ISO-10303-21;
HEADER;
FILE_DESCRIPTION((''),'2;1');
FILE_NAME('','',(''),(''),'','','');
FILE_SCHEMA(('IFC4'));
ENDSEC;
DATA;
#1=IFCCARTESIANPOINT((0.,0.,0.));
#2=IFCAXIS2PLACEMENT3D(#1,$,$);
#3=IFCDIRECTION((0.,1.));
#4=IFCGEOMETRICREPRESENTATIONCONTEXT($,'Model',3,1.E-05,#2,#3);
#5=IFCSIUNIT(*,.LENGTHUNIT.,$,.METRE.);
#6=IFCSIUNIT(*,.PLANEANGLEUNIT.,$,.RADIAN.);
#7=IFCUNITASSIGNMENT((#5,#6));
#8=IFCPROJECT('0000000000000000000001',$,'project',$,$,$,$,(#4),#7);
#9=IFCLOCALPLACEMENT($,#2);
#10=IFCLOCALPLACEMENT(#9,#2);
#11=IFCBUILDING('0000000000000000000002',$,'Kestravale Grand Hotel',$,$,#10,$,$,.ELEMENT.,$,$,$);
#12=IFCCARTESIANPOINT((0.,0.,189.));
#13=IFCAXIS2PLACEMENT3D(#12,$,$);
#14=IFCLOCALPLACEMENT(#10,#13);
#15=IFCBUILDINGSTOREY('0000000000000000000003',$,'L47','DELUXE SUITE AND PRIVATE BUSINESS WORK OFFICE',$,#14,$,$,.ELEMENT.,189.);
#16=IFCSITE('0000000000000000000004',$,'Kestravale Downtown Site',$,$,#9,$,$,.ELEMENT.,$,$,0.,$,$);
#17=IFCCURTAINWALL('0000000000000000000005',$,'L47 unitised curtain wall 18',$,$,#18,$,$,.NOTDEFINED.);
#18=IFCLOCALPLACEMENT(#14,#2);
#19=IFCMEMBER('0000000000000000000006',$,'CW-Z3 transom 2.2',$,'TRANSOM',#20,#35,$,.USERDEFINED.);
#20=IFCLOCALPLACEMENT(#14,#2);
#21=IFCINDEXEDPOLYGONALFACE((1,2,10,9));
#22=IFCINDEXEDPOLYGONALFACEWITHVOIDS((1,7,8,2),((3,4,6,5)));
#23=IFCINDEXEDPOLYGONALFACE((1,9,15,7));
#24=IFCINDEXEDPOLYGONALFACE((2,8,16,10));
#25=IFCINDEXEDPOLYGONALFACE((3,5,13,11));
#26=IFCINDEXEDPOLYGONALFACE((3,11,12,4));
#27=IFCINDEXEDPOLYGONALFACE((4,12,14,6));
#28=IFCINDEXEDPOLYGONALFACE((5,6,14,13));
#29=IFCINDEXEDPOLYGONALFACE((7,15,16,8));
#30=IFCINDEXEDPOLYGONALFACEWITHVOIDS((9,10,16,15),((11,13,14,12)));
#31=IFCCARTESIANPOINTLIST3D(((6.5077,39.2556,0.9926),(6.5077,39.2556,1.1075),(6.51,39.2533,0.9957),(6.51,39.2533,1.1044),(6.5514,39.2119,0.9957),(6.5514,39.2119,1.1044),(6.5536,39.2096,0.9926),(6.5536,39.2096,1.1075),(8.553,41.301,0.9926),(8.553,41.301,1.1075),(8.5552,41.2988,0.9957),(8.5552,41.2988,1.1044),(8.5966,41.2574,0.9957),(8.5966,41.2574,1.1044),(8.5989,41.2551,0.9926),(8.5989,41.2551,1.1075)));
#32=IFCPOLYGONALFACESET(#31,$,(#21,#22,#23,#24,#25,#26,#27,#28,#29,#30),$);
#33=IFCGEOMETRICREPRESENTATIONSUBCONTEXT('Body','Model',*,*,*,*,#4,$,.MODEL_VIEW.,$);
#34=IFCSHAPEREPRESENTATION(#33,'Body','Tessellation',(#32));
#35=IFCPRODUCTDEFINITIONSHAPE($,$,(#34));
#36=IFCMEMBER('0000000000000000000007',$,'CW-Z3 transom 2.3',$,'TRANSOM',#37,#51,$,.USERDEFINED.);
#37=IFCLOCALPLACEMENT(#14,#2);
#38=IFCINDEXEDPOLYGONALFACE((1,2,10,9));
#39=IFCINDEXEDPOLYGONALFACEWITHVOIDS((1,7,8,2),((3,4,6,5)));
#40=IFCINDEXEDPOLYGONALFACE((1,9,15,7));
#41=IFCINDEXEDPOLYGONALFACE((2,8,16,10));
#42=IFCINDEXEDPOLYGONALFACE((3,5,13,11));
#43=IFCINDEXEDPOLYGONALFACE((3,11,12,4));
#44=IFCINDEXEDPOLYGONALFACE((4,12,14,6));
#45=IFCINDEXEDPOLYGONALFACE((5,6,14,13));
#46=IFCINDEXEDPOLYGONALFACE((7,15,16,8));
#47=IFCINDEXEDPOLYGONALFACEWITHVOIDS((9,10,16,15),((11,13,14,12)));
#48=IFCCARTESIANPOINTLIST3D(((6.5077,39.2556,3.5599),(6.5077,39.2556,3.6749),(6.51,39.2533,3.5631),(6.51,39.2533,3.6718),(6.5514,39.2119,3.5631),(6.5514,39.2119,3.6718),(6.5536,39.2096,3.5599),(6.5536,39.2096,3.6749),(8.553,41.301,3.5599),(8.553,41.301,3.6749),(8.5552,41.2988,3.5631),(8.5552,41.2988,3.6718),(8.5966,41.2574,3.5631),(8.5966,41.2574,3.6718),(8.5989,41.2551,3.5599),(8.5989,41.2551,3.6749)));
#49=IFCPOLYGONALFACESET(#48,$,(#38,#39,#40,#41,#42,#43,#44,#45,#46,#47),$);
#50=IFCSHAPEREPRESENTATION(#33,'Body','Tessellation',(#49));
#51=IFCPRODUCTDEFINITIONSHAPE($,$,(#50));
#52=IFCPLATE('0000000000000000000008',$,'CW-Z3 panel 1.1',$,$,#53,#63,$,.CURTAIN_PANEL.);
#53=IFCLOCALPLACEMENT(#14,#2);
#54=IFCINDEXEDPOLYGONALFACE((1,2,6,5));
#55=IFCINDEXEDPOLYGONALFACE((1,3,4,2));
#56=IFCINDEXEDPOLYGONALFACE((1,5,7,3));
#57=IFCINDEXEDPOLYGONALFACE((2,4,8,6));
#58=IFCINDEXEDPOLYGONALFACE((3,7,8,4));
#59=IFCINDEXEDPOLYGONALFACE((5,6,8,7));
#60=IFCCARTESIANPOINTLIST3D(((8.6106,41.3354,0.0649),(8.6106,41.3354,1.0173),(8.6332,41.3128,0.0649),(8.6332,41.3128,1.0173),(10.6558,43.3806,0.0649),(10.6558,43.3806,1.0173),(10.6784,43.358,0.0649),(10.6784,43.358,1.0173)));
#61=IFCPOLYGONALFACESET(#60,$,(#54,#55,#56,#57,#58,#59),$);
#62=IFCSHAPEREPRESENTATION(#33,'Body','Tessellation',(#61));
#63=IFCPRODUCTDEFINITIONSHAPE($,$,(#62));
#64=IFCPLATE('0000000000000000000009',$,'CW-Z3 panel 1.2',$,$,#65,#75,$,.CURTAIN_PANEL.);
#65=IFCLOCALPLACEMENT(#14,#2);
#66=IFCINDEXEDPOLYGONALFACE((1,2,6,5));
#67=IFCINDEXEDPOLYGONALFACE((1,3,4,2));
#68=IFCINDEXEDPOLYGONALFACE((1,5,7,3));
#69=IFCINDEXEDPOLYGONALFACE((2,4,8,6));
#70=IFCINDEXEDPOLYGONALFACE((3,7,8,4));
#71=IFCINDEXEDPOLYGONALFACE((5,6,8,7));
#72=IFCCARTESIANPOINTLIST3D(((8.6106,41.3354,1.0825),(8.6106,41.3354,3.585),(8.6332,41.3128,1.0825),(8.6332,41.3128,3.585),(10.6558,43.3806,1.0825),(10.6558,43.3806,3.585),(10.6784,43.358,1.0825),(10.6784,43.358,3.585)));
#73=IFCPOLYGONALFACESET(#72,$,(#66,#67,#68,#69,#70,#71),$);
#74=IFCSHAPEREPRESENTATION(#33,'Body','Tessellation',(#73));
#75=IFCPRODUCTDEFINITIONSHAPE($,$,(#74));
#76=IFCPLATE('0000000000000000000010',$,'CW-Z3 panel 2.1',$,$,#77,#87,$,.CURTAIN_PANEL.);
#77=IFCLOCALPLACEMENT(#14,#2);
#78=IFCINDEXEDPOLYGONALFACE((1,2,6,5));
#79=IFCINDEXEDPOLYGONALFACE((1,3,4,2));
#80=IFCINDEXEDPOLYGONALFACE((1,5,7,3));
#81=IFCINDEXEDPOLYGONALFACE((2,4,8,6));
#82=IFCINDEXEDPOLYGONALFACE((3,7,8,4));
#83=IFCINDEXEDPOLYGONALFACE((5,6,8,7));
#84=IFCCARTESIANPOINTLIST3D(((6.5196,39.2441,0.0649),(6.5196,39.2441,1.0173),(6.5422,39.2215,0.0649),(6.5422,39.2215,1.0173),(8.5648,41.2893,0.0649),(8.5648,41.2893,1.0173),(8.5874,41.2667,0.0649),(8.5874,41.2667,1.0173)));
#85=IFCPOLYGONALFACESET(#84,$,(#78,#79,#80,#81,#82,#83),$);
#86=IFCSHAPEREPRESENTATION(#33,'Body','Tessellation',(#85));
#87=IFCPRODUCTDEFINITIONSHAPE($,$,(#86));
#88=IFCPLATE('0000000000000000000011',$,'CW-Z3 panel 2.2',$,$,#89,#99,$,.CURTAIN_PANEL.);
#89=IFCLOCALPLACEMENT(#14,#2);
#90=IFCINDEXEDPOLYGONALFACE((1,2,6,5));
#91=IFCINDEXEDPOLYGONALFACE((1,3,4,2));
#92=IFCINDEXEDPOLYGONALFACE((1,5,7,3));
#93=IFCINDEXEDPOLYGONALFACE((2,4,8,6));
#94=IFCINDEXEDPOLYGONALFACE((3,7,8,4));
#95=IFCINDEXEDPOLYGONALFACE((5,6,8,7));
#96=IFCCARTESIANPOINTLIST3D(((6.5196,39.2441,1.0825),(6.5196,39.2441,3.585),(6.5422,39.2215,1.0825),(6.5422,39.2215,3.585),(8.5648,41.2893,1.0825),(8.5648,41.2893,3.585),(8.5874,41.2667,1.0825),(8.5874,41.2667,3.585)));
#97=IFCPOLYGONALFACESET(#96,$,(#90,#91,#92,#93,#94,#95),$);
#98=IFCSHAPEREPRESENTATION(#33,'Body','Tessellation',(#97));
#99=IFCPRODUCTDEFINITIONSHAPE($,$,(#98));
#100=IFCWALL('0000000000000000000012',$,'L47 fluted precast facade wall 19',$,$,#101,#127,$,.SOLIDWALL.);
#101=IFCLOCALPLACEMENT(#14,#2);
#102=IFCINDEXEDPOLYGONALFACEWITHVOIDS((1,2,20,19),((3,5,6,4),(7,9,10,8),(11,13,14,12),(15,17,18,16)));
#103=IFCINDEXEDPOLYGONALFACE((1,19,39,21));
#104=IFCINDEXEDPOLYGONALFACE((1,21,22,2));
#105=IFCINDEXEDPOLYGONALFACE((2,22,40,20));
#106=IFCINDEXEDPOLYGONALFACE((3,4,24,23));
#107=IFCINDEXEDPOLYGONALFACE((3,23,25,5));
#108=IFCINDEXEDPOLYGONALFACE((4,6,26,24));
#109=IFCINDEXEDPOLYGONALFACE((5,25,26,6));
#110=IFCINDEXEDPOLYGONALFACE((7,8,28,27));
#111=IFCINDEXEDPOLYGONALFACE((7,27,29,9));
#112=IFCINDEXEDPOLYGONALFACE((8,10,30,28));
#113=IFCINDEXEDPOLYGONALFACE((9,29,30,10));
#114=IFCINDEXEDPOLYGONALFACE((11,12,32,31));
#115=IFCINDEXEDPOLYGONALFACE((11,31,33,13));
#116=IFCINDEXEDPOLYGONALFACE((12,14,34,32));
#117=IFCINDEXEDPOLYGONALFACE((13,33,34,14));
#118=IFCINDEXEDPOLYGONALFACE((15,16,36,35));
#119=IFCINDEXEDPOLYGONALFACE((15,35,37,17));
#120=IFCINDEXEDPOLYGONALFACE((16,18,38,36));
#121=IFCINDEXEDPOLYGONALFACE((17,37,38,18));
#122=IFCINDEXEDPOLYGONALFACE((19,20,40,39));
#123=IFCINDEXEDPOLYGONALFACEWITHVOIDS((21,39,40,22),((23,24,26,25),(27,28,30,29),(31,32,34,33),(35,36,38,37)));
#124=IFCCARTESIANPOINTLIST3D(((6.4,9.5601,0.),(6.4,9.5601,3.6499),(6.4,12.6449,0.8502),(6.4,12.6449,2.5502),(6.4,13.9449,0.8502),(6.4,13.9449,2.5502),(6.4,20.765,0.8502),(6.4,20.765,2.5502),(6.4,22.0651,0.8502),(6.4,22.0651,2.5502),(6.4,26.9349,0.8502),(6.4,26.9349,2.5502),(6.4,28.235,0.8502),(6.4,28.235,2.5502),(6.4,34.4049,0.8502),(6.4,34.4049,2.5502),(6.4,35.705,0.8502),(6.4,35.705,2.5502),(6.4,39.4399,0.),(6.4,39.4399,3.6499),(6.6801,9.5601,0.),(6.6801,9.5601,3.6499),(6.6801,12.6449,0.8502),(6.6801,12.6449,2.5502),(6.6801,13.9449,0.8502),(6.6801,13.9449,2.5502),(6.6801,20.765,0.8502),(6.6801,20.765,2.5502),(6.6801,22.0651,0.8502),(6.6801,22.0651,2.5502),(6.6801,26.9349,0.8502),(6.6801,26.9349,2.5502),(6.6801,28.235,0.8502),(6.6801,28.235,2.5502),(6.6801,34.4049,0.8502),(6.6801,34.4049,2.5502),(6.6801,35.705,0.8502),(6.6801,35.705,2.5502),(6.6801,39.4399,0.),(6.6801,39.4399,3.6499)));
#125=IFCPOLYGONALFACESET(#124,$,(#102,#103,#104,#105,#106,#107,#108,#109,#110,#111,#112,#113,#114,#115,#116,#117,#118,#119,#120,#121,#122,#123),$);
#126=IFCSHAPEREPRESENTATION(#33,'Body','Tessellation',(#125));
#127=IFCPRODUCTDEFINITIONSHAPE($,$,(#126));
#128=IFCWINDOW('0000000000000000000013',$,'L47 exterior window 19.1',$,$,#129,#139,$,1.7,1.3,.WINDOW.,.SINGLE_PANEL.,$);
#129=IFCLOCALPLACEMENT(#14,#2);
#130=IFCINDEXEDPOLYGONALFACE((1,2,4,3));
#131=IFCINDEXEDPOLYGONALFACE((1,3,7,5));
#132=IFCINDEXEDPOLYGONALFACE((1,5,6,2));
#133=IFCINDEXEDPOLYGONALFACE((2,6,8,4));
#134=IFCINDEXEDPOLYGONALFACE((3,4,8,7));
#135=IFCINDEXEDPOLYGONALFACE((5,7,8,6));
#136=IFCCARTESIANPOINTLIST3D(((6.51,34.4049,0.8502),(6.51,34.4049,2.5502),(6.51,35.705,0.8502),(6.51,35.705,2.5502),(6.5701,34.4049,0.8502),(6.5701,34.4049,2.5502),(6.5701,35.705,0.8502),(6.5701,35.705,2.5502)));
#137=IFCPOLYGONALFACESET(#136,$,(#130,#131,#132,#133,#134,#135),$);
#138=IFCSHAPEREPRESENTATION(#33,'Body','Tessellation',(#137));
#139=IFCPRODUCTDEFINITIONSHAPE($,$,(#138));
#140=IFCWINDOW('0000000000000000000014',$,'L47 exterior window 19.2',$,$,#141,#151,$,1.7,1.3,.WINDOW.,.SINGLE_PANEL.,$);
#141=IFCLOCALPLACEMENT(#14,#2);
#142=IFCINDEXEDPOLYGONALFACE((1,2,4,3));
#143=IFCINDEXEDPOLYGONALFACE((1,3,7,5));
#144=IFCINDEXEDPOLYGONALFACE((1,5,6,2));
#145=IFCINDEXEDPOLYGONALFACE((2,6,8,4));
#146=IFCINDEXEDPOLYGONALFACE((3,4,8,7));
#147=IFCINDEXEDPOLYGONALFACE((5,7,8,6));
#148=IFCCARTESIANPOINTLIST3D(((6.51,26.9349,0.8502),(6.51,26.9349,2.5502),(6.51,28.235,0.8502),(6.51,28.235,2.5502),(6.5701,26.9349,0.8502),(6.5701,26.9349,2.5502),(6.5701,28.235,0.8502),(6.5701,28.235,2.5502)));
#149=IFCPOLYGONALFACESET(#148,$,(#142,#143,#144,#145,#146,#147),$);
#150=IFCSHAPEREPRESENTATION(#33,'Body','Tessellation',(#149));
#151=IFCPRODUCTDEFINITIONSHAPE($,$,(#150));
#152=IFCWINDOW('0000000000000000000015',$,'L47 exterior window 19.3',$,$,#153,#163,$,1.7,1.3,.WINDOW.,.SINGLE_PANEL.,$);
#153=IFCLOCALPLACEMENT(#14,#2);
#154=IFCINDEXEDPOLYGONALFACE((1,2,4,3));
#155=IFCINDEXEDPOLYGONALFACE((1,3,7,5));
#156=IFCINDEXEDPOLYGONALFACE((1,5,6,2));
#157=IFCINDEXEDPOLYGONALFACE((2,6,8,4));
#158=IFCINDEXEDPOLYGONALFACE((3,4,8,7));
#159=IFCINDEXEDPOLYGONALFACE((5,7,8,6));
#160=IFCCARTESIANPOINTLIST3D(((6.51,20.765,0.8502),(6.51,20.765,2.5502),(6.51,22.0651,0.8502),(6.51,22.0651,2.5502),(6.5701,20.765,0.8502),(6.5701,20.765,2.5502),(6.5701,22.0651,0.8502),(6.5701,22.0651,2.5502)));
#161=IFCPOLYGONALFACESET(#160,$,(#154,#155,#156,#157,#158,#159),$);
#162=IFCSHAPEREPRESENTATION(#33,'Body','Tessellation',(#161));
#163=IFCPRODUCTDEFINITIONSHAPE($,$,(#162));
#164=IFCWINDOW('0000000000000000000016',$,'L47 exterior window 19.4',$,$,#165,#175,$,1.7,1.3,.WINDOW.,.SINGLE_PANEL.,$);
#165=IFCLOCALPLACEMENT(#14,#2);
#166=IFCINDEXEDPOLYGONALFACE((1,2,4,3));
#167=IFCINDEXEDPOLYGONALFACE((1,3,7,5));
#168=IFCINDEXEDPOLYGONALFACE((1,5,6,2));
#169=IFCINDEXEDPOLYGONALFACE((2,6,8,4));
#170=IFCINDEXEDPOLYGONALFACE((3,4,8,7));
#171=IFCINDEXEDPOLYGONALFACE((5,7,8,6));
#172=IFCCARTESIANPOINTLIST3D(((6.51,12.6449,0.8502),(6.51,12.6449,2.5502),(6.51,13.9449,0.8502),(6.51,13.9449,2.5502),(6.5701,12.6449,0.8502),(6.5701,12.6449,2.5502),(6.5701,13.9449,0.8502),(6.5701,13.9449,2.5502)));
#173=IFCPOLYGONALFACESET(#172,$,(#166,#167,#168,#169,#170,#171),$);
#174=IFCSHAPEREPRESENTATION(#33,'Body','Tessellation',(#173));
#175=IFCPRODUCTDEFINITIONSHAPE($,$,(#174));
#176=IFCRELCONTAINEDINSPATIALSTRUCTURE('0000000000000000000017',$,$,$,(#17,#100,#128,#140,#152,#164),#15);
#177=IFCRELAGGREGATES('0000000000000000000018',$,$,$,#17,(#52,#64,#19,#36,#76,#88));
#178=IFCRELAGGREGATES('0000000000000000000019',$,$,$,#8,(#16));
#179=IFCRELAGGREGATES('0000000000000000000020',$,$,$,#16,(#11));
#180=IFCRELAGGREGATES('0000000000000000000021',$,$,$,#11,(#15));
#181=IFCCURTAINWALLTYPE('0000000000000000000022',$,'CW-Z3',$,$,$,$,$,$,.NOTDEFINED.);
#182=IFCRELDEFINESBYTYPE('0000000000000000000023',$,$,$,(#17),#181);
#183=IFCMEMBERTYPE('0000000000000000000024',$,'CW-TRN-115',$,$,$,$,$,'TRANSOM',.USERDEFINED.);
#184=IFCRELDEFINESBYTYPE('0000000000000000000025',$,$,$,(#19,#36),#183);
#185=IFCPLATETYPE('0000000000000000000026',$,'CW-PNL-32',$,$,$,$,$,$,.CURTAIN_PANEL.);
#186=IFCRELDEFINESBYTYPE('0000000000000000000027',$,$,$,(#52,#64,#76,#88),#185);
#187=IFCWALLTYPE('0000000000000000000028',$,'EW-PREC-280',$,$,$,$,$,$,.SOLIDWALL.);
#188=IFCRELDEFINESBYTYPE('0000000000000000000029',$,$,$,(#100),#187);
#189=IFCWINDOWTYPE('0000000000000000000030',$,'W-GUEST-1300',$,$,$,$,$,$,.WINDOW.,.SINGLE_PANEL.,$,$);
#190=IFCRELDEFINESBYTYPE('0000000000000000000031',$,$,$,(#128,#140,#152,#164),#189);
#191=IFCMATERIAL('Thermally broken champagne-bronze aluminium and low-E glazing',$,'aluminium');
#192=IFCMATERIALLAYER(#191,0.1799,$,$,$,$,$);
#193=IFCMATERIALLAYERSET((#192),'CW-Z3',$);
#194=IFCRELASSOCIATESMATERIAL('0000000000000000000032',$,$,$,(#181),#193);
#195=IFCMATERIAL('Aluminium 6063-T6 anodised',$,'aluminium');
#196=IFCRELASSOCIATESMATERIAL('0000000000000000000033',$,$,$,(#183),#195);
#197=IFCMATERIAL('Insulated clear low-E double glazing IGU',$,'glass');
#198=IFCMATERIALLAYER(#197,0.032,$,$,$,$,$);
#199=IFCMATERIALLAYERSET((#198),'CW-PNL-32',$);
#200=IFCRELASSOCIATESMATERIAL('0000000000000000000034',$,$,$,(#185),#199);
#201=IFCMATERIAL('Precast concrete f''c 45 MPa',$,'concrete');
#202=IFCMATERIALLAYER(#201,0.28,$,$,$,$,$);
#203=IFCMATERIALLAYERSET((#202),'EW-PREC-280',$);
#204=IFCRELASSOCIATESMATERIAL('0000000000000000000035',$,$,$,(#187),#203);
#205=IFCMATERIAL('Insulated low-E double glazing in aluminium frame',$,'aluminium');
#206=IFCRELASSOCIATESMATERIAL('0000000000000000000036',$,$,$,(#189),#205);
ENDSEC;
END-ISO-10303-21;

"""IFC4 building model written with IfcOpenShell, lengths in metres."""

from ifc_helpers import new_model, si_unit, direction, frame, frame_2d, origin, origin_2d, place, context, subcontext, project, spatial, rectangle, hollow_rectangle, extrude, material, layer, layer_set, material_profile, profile_set, type_object, element, fill, aggregate, save


model = new_model("IFC4")

# Units and contexts
model_context = context("Model", 3, precision=1e-05, world=origin(), true_north=direction((0.0, 1.0)))
body_context = subcontext(model_context, "Body", "Model", "MODEL_VIEW")
ifc_project = project(units=[si_unit("LENGTHUNIT", "METRE"), si_unit("PLANEANGLEUNIT", "RADIAN")], contexts=[model_context])

# Site, building, storey
site_placement = place(None, origin())
site = spatial("IfcSite", under=ifc_project, at=site_placement, Name="Kestravale Downtown Site", CompositionType="ELEMENT", RefElevation=0.0)
building_placement = place(site_placement, origin())
building = spatial("IfcBuilding", under=site, at=building_placement, Name="Kestravale Grand Hotel", CompositionType="ELEMENT")
storey_placement = place(building_placement, frame((0.0, 0.0, 189.0)))
storey = spatial("IfcBuildingStorey", under=building, at=storey_placement, Name="L47", Description="DELUXE SUITE AND PRIVATE BUSINESS WORK OFFICE", CompositionType="ELEMENT", Elevation=189.0)

# Curtain wall, members, plates
ifc_material_1 = material(Name="Thermally broken champagne-bronze aluminium and low-E glazing", Category="aluminium")
ifc_layer_1 = layer(ifc_material_1, 0.1799)
ifc_layer_set_1 = layer_set([ifc_layer_1], Name="CW-Z3")
curtain_wall_type = type_object("IfcCurtainWallType", Name="CW-Z3", PredefinedType="NOTDEFINED", material=ifc_layer_set_1)
curtain_wall_placement = place(storey_placement, origin())
curtain_wall = element("IfcCurtainWall", 1, at=curtain_wall_placement, inside=storey, type_object=curtain_wall_type, Name="L47 unitised curtain wall 18", PredefinedType="NOTDEFINED")
ifc_material_2 = material(Name="Aluminium 6063-T6 anodised", Category="aluminium")
ifc_material_profile_1 = material_profile(ifc_material_2, hollow_rectangle(XDim=0.0649, YDim=0.115, WallThickness=0.0032, at=origin_2d()))
ifc_profile_set_1 = profile_set([ifc_material_profile_1], Name="Aluminium 6063-T6 anodised")
member_type_1 = type_object("IfcMemberType", Name="CW-TRN-115", ElementType="TRANSOM", PredefinedType="USERDEFINED", material=ifc_profile_set_1)
member_1_placement = place(storey_placement, frame((8.5759, 41.2781, 1.05), z_axis=(-0.707065, -0.707149, 0.0), x_axis=(0.707149, -0.707065, 0.0)))
member_1 = element("IfcMember", 2, at=member_1_placement, type_object=member_type_1, Name="CW-Z3 transom 2.2", ObjectType="TRANSOM", PredefinedType="USERDEFINED", context=body_context, shape_type="SweptSolid", body=[
    extrude(hollow_rectangle(XDim=0.0649, YDim=0.115, WallThickness=0.0032, at=origin_2d()), origin(), (0.0, 0.0, 1.0), 2.8926),
])
member_2_placement = place(storey_placement, frame((8.5759, 41.2781, 3.6174), z_axis=(-0.707065, -0.707149, 0.0), x_axis=(0.707149, -0.707065, 0.0)))
member_2 = element("IfcMember", 3, at=member_2_placement, type_object=member_type_1, Name="CW-Z3 transom 2.3", ObjectType="TRANSOM", PredefinedType="USERDEFINED", context=body_context, shape_type="SweptSolid", body=[
    extrude(hollow_rectangle(XDim=0.0649, YDim=0.115, WallThickness=0.0032, at=origin_2d()), origin(), (0.0, 0.0, 1.0), 2.8926),
])
ifc_material_3 = material(Name="Insulated clear low-E double glazing IGU", Category="glass")
ifc_layer_2 = layer(ifc_material_3, 0.032)
ifc_layer_set_2 = layer_set([ifc_layer_2], Name="CW-PNL-32")
plate_type = type_object("IfcPlateType", Name="CW-PNL-32", PredefinedType="CURTAIN_PANEL", material=ifc_layer_set_2)
plate_1_placement = place(storey_placement, frame((9.6445, 42.3467, 0.0649), z_axis=(0.0, 0.0, 1.0), x_axis=(-0.707107, -0.707107, 0.0)))
plate_1 = element("IfcPlate", 4, at=plate_1_placement, type_object=plate_type, Name="CW-Z3 panel 1.1", PredefinedType="CURTAIN_PANEL", context=body_context, shape_type="SweptSolid", body=[
    extrude(rectangle(XDim=2.8923, YDim=0.032, at=origin_2d()), origin(), (0.0, 0.0, 1.0), 0.9524),
])
plate_2_placement = place(storey_placement, frame((9.6445, 42.3467, 1.0825), z_axis=(0.0, 0.0, 1.0), x_axis=(-0.707107, -0.707107, 0.0)))
plate_2 = element("IfcPlate", 5, at=plate_2_placement, type_object=plate_type, Name="CW-Z3 panel 1.2", PredefinedType="CURTAIN_PANEL", context=body_context, shape_type="SweptSolid", body=[
    extrude(rectangle(XDim=2.8923, YDim=0.032, at=origin_2d()), origin(), (0.0, 0.0, 1.0), 2.5024),
])
plate_3_placement = place(storey_placement, frame((7.5535, 40.2554, 0.0649), z_axis=(0.0, 0.0, 1.0), x_axis=(-0.707107, -0.707107, 0.0)))
plate_3 = element("IfcPlate", 6, at=plate_3_placement, type_object=plate_type, Name="CW-Z3 panel 2.1", PredefinedType="CURTAIN_PANEL", context=body_context, shape_type="SweptSolid", body=[
    extrude(rectangle(XDim=2.8923, YDim=0.032, at=origin_2d()), origin(), (0.0, 0.0, 1.0), 0.9524),
])
plate_4_placement = place(storey_placement, frame((7.5535, 40.2554, 1.0825), z_axis=(0.0, 0.0, 1.0), x_axis=(-0.707107, -0.707107, 0.0)))
plate_4 = element("IfcPlate", 7, at=plate_4_placement, type_object=plate_type, Name="CW-Z3 panel 2.2", PredefinedType="CURTAIN_PANEL", context=body_context, shape_type="SweptSolid", body=[
    extrude(rectangle(XDim=2.8923, YDim=0.032, at=origin_2d()), origin(), (0.0, 0.0, 1.0), 2.5024),
])
aggregate(curtain_wall, [plate_1, plate_2, member_1, member_2, plate_3, plate_4])

# Wall, openings, windows
ifc_material_4 = material(Name="Precast concrete f'c 45 MPa", Category="concrete")
ifc_layer_3 = layer(ifc_material_4, 0.28)
ifc_layer_set_3 = layer_set([ifc_layer_3], Name="EW-PREC-280")
wall_type_1 = type_object("IfcWallType", Name="EW-PREC-280", PredefinedType="SOLIDWALL", material=ifc_layer_set_3)
wall_1_placement = place(storey_placement, frame((6.54, 39.4399, 0.0), z_axis=(0.0, 0.0, 1.0), x_axis=(0.0, -1.0, 0.0)))
wall_1 = element("IfcWall", 8, at=wall_1_placement, inside=storey, type_object=wall_type_1, Name="L47 fluted precast facade wall 19", PredefinedType="SOLIDWALL", context=body_context, shape_type="SweptSolid", body=[
    extrude(rectangle(XDim=29.8799, YDim=0.28, at=frame_2d((14.9399, 0.0))), origin(), (0.0, 0.0, 1.0), 3.6499),
])
opening_1_placement = place(wall_1_placement, frame((3.7351, 0.0, 0.8501)))
opening_1 = element("IfcOpeningElement", 9, at=opening_1_placement, cuts=wall_1, PredefinedType="OPENING", context=body_context, shape_type="SweptSolid", body=[
    extrude(rectangle(XDim=1.3, YDim=1.7, at=frame_2d((0.6499, 0.8501))), frame((0.0, 0.1499, 0.0), z_axis=(0.0, -1.0, 0.0), x_axis=(1.0, 0.0, 0.0)), (0.0, 0.0, 1.0), 0.3),
])
opening_2_placement = place(wall_1_placement, frame((11.2051, 0.0, 0.8501)))
opening_2 = element("IfcOpeningElement", 10, at=opening_2_placement, cuts=wall_1, PredefinedType="OPENING", context=body_context, shape_type="SweptSolid", body=[
    extrude(rectangle(XDim=1.3, YDim=1.7, at=frame_2d((0.6499, 0.8501))), frame((0.0, 0.1499, 0.0), z_axis=(0.0, -1.0, 0.0), x_axis=(1.0, 0.0, 0.0)), (0.0, 0.0, 1.0), 0.3),
])
opening_3_placement = place(wall_1_placement, frame((17.375, 0.0, 0.8501)))
opening_3 = element("IfcOpeningElement", 11, at=opening_3_placement, cuts=wall_1, PredefinedType="OPENING", context=body_context, shape_type="SweptSolid", body=[
    extrude(rectangle(XDim=1.3, YDim=1.7, at=frame_2d((0.6499, 0.8501))), frame((0.0, 0.1499, 0.0), z_axis=(0.0, -1.0, 0.0), x_axis=(1.0, 0.0, 0.0)), (0.0, 0.0, 1.0), 0.3),
])
opening_4_placement = place(wall_1_placement, frame((25.4951, 0.0, 0.8501)))
opening_4 = element("IfcOpeningElement", 12, at=opening_4_placement, cuts=wall_1, PredefinedType="OPENING", context=body_context, shape_type="SweptSolid", body=[
    extrude(rectangle(XDim=1.3, YDim=1.7, at=frame_2d((0.6499, 0.8501))), frame((0.0, 0.1499, 0.0), z_axis=(0.0, -1.0, 0.0), x_axis=(1.0, 0.0, 0.0)), (0.0, 0.0, 1.0), 0.3),
])
ifc_material_5 = material(Name="Insulated low-E double glazing in aluminium frame", Category="aluminium")
window_type = type_object("IfcWindowType", Name="W-GUEST-1300", PartitioningType="SINGLE_PANEL", PredefinedType="WINDOW", material=ifc_material_5)
window_1_placement = place(opening_1_placement, origin())
window_1 = element("IfcWindow", 13, at=window_1_placement, inside=storey, type_object=window_type, Name="L47 exterior window 19.1", OverallHeight=1.7, OverallWidth=1.3, PartitioningType="SINGLE_PANEL", PredefinedType="WINDOW", context=body_context, shape_type="SweptSolid", body=[
    extrude(rectangle(XDim=1.3, YDim=1.7, at=frame_2d((0.6499, 0.8501))), frame((0.0, 0.03, 0.0), z_axis=(0.0, -1.0, 0.0), x_axis=(1.0, 0.0, 0.0)), (0.0, 0.0, 1.0), 0.0601),
])
fill(opening_1, window_1)
window_2_placement = place(opening_2_placement, origin())
window_2 = element("IfcWindow", 14, at=window_2_placement, inside=storey, type_object=window_type, Name="L47 exterior window 19.2", OverallHeight=1.7, OverallWidth=1.3, PartitioningType="SINGLE_PANEL", PredefinedType="WINDOW", context=body_context, shape_type="SweptSolid", body=[
    extrude(rectangle(XDim=1.3, YDim=1.7, at=frame_2d((0.6499, 0.8501))), frame((0.0, 0.03, 0.0), z_axis=(0.0, -1.0, 0.0), x_axis=(1.0, 0.0, 0.0)), (0.0, 0.0, 1.0), 0.0601),
])
fill(opening_2, window_2)
window_3_placement = place(opening_3_placement, origin())
window_3 = element("IfcWindow", 15, at=window_3_placement, inside=storey, type_object=window_type, Name="L47 exterior window 19.3", OverallHeight=1.7, OverallWidth=1.3, PartitioningType="SINGLE_PANEL", PredefinedType="WINDOW", context=body_context, shape_type="SweptSolid", body=[
    extrude(rectangle(XDim=1.3, YDim=1.7, at=frame_2d((0.6499, 0.8501))), frame((0.0, 0.03, 0.0), z_axis=(0.0, -1.0, 0.0), x_axis=(1.0, 0.0, 0.0)), (0.0, 0.0, 1.0), 0.0601),
])
fill(opening_3, window_3)
window_4_placement = place(opening_4_placement, origin())
window_4 = element("IfcWindow", 16, at=window_4_placement, inside=storey, type_object=window_type, Name="L47 exterior window 19.4", OverallHeight=1.7, OverallWidth=1.3, PartitioningType="SINGLE_PANEL", PredefinedType="WINDOW", context=body_context, shape_type="SweptSolid", body=[
    extrude(rectangle(XDim=1.3, YDim=1.7, at=frame_2d((0.6499, 0.8501))), frame((0.0, 0.03, 0.0), z_axis=(0.0, -1.0, 0.0), x_axis=(1.0, 0.0, 0.0)), (0.0, 0.0, 1.0), 0.0601),
])
fill(opening_4, window_4)

save(model, "model.ifc")
